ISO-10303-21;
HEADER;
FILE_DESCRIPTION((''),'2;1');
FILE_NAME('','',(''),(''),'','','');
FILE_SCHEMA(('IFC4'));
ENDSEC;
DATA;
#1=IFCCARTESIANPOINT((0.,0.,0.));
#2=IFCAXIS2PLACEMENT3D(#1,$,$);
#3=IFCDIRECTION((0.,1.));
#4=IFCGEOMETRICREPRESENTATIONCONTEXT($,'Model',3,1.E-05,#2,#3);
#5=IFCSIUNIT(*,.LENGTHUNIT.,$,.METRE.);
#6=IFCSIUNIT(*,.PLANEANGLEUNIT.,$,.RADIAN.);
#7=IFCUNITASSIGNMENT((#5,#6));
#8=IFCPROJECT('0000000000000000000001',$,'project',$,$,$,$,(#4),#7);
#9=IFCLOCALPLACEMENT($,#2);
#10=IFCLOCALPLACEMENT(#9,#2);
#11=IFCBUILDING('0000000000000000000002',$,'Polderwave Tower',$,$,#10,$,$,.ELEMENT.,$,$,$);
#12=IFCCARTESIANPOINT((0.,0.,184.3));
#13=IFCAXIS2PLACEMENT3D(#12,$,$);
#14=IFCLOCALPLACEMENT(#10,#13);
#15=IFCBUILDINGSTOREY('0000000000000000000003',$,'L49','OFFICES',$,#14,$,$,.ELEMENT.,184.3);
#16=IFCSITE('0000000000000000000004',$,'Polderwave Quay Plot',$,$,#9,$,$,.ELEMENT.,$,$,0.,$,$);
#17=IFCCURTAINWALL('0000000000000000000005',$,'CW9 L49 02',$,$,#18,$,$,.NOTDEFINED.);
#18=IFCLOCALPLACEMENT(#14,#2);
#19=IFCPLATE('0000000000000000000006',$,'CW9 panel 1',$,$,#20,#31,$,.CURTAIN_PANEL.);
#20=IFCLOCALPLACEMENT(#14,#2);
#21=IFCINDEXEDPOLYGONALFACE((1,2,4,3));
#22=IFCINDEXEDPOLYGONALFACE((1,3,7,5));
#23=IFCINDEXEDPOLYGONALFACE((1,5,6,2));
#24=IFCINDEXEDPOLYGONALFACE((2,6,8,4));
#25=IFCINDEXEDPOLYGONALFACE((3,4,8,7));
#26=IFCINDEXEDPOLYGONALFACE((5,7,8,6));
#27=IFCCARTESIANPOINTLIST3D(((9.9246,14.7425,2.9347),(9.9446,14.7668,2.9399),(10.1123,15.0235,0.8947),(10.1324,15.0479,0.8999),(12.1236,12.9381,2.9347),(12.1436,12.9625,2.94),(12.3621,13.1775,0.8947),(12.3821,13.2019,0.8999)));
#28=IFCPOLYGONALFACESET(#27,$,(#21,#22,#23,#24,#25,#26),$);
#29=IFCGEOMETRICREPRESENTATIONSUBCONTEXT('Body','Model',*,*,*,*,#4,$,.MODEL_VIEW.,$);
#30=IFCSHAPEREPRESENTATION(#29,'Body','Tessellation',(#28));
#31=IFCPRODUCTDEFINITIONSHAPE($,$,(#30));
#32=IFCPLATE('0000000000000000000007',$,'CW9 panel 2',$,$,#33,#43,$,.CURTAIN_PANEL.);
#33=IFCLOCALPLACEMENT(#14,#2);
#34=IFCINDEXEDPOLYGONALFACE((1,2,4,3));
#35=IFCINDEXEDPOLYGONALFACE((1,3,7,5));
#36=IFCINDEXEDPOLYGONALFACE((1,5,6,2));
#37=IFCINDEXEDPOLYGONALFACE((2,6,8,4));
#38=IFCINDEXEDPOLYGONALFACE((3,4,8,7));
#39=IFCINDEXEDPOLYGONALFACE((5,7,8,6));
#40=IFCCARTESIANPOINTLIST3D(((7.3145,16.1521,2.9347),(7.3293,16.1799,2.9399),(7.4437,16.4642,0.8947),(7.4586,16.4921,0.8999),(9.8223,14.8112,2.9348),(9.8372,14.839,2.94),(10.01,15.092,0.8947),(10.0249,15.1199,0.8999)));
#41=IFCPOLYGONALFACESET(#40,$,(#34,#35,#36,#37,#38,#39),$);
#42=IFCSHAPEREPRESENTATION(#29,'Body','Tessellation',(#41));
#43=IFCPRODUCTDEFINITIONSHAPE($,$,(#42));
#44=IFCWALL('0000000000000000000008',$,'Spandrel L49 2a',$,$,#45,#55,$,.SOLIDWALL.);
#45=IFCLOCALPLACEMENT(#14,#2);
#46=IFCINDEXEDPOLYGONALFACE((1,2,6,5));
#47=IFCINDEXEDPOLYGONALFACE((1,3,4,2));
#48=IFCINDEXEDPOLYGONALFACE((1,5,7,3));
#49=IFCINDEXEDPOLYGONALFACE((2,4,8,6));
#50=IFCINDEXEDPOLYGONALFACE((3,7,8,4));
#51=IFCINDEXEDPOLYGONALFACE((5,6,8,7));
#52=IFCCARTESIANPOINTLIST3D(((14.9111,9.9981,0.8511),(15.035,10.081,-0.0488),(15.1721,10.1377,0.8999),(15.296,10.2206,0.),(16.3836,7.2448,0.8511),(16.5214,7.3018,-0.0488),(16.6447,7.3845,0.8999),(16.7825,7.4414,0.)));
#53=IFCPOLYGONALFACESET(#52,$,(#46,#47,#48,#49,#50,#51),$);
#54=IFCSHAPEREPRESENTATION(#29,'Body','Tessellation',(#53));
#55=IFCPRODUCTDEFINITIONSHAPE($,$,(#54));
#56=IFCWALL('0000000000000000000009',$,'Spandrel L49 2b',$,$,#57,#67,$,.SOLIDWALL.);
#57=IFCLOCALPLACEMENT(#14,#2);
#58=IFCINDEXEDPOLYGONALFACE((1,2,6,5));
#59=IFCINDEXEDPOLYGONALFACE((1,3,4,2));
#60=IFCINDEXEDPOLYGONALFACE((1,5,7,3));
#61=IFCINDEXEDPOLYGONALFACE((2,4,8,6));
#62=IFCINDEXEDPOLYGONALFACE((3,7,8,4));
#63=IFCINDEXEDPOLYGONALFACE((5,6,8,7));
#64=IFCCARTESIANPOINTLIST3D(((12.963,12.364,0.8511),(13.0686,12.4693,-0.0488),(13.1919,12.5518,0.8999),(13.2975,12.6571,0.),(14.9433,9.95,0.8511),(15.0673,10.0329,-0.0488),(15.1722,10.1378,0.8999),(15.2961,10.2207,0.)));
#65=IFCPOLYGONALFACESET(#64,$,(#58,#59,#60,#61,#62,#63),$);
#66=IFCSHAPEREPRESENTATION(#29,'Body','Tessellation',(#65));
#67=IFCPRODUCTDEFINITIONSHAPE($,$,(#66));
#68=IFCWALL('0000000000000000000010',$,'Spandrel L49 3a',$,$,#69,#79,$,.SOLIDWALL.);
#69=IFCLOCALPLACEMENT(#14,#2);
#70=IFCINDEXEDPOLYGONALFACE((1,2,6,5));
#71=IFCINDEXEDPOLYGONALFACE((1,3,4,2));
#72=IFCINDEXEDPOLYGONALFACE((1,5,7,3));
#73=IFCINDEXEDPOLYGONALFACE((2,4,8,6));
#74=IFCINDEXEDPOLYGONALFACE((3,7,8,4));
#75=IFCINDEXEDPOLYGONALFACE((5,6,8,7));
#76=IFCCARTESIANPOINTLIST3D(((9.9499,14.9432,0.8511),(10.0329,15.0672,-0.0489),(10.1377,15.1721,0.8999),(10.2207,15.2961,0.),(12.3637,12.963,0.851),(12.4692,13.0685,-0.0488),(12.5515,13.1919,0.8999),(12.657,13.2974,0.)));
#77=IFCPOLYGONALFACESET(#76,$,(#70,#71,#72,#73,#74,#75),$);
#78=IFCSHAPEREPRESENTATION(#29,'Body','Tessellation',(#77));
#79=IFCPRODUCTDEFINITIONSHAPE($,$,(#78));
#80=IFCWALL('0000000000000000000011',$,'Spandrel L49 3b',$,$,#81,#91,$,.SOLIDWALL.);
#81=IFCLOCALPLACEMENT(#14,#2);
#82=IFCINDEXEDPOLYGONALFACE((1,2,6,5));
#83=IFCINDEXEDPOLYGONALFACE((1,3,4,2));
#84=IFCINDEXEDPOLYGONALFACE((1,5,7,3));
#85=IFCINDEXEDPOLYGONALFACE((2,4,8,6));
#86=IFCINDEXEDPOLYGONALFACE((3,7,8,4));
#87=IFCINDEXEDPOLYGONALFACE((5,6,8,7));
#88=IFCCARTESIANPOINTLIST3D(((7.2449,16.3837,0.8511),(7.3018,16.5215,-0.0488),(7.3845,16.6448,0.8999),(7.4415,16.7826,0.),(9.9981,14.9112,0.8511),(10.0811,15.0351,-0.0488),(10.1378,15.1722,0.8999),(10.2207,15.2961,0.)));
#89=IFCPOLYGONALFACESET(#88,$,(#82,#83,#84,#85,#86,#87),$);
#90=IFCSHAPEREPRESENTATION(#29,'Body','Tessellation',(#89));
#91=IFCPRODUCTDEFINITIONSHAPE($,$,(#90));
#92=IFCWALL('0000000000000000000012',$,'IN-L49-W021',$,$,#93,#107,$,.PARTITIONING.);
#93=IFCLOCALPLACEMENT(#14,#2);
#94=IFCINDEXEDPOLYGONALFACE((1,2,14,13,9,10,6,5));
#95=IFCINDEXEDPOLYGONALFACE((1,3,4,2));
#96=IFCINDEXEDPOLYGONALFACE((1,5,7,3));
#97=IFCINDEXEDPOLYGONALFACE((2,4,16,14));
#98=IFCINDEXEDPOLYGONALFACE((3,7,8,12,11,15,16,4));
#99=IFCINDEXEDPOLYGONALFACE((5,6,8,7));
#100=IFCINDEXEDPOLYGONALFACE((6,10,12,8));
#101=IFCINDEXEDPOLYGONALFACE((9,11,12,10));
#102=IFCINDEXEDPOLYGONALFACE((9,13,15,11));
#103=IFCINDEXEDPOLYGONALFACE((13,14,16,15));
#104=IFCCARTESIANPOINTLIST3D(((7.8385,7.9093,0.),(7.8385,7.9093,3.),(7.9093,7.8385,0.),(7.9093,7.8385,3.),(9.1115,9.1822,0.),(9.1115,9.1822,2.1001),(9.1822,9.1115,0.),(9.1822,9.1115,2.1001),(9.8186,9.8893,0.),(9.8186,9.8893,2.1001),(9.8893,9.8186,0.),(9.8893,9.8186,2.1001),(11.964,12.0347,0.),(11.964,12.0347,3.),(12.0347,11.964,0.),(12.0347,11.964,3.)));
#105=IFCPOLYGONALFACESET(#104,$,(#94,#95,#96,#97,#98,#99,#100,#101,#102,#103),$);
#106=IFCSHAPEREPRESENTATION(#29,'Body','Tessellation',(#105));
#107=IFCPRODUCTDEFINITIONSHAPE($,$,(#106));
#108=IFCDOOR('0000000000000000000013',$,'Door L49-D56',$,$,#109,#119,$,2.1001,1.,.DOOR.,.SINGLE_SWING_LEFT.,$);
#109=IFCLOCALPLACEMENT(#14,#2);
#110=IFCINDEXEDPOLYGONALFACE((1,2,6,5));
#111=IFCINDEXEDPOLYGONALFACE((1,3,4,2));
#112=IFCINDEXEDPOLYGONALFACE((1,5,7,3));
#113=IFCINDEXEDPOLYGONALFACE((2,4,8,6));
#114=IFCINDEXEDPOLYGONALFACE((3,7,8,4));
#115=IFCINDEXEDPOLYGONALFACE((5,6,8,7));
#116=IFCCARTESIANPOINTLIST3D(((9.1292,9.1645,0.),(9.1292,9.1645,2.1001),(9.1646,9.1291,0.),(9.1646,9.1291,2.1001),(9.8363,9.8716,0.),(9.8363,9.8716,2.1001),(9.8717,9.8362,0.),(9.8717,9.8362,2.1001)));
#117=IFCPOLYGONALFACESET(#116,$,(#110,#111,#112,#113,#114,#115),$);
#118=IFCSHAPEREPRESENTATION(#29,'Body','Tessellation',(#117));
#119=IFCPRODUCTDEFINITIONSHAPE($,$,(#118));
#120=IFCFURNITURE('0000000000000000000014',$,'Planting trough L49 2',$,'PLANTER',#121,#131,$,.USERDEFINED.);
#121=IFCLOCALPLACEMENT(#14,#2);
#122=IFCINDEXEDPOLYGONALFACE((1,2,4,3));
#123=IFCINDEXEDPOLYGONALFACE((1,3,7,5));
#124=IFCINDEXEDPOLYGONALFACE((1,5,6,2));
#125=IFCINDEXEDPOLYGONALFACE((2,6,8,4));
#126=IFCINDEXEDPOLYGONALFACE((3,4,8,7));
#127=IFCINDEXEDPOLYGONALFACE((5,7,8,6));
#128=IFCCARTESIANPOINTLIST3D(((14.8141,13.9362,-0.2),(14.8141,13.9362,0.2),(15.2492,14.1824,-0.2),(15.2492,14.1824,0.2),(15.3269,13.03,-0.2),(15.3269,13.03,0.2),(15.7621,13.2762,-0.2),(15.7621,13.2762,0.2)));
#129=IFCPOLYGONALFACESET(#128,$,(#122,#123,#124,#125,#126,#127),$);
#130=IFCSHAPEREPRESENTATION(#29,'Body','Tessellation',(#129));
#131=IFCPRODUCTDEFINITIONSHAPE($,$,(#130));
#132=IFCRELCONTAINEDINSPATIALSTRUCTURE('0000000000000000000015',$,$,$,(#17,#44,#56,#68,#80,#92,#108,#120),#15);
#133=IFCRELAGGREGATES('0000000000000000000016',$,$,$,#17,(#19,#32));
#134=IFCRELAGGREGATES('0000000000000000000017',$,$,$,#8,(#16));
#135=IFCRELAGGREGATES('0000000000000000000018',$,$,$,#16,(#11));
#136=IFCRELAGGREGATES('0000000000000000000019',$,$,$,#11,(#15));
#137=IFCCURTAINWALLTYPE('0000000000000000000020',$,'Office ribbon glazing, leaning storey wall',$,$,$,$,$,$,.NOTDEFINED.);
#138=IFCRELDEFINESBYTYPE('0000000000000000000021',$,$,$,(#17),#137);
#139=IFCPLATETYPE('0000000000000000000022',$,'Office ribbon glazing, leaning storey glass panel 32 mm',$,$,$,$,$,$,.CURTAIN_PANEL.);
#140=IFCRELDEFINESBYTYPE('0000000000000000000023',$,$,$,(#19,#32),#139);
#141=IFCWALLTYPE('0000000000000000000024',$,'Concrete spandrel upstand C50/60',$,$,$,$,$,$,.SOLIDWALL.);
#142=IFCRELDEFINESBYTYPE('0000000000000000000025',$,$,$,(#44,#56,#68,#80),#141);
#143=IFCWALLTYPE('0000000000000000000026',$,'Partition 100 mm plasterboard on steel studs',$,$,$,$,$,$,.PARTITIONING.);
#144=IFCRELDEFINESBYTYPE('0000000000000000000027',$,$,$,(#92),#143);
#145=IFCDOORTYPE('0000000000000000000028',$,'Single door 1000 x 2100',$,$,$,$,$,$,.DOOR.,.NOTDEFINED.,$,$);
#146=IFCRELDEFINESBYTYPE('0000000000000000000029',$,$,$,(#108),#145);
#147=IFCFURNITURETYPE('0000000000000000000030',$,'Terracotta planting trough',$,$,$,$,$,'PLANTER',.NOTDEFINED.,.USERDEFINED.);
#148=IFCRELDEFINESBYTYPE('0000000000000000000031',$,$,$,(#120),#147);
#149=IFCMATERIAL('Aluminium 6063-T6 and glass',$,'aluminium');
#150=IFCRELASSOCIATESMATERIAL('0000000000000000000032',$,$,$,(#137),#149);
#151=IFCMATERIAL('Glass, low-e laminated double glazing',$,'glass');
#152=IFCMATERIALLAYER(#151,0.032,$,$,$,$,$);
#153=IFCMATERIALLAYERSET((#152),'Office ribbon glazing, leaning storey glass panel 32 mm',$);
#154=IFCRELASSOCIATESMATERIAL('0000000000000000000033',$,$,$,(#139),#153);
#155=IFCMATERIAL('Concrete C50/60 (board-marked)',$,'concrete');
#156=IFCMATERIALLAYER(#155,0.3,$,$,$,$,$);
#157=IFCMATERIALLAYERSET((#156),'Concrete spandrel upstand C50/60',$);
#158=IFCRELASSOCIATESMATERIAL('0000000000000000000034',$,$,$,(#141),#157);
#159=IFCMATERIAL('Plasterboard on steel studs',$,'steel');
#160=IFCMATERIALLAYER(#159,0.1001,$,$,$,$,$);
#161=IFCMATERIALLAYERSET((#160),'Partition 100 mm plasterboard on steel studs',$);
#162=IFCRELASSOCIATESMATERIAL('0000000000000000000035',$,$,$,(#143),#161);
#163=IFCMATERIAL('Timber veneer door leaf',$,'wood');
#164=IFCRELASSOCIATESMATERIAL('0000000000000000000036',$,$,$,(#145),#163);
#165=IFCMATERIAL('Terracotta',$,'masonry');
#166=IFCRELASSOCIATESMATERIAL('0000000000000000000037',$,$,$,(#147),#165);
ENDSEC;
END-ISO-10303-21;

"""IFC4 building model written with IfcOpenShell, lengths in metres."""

from ifc_helpers import new_model, si_unit, direction, frame, frame_2d, origin, origin_2d, place, context, subcontext, project, spatial, polyline, rectangle, outline, extrude, material, layer, layer_set, type_object, element, fill, aggregate, save


model = new_model("IFC4")

# Units and contexts
model_context = context("Model", 3, precision=1e-05, world=origin(), true_north=direction((0.0, 1.0)))
body_context = subcontext(model_context, "Body", "Model", "MODEL_VIEW")
ifc_project = project(units=[si_unit("LENGTHUNIT", "METRE"), si_unit("PLANEANGLEUNIT", "RADIAN")], contexts=[model_context])

# Site, building, storey
site_placement = place(None, origin())
site = spatial("IfcSite", under=ifc_project, at=site_placement, Name="Polderwave Quay Plot", CompositionType="ELEMENT", RefElevation=0.0)
building_placement = place(site_placement, origin())
building = spatial("IfcBuilding", under=site, at=building_placement, Name="Polderwave Tower", CompositionType="ELEMENT")
storey_placement = place(building_placement, frame((0.0, 0.0, 184.3)))
storey = spatial("IfcBuildingStorey", under=building, at=storey_placement, Name="L49", Description="OFFICES", CompositionType="ELEMENT", Elevation=184.3)

# Curtain wall
ifc_material_1 = material(Name="Aluminium 6063-T6 and glass", Category="aluminium")
curtain_wall_type = type_object("IfcCurtainWallType", Name="Office ribbon glazing, leaning storey wall", PredefinedType="NOTDEFINED", material=ifc_material_1)
curtain_wall_1_placement = place(storey_placement, origin())
curtain_wall_1 = element("IfcCurtainWall", 1, at=curtain_wall_1_placement, inside=storey, type_object=curtain_wall_type, Name="CW9 L49 02", PredefinedType="NOTDEFINED")

# Plates
ifc_material_2 = material(Name="Glass, low-e laminated double glazing", Category="glass")
ifc_layer_1 = layer(ifc_material_2, 0.032)
ifc_layer_set_1 = layer_set([ifc_layer_1], Name="Office ribbon glazing, leaning storey glass panel 32 mm")
plate_type = type_object("IfcPlateType", Name="Office ribbon glazing, leaning storey glass panel 32 mm", PredefinedType="CURTAIN_PANEL", material=ifc_layer_set_1)
plate_1_placement = place(storey_placement, frame((12.3821, 13.2019, 0.8999), z_axis=(0.62588, 0.76276, 0.162697), x_axis=(-0.773061, 0.634332, 0.000004)))
plate_1 = element("IfcPlate", 2, at=plate_1_placement, type_object=plate_type, Name="CW9 panel 1", PredefinedType="CURTAIN_PANEL", context=body_context, shape_type="SweptSolid", body=[
    extrude(outline(polyline([(0.0, 0.0), (2.9101, 0.0), (2.877, 2.0676), (0.0325, 2.0676), (0.0, 0.0)])), origin(), (0.0, 0.0, -1.0), 0.032),
])
plate_2_placement = place(storey_placement, frame((10.0249, 15.1199, 0.8999), z_axis=(0.465244, 0.87012, 0.162602), x_axis=(-0.881856, 0.471518, 0.000008)))
plate_2 = element("IfcPlate", 3, at=plate_2_placement, type_object=plate_type, Name="CW9 panel 2", PredefinedType="CURTAIN_PANEL", context=body_context, shape_type="SweptSolid", body=[
    extrude(outline(polyline([(0.0, 0.0), (2.9102, 0.0), (2.8769, 2.0675), (0.0331, 2.0676), (0.0, 0.0)])), origin(), (0.0, 0.0, -1.0), 0.032),
])
aggregate(curtain_wall_1, [plate_1, plate_2])

# Walls
ifc_material_3 = material(Name="Concrete C50/60 (board-marked)", Category="concrete")
ifc_layer_2 = layer(ifc_material_3, 0.3)
ifc_layer_set_2 = layer_set([ifc_layer_2], Name="Concrete spandrel upstand C50/60")
wall_type_1 = type_object("IfcWallType", Name="Concrete spandrel upstand C50/60", PredefinedType="SOLIDWALL", material=ifc_layer_set_2)
wall_1_placement = place(storey_placement, frame((16.7825, 7.4414, 0.0), z_axis=(0.870053, 0.465339, 0.162688), x_axis=(-0.471621, 0.881801, -0.000007)))
element("IfcWall", 4, at=wall_1_placement, inside=storey, type_object=wall_type_1, Name="Spandrel L49 2a", PredefinedType="SOLIDWALL", context=body_context, shape_type="SweptSolid", body=[
    extrude(outline(polyline([(0.0, 0.0), (3.1518, 0.0), (3.1371, 0.9121), (0.0148, 0.912), (0.0, 0.0)])), origin(), (0.0, 0.0, -1.0), 0.3),
])
wall_2_placement = place(storey_placement, frame((15.2961, 10.2207, 0.0), z_axis=(0.762829, 0.625791, 0.162716), x_axis=(-0.634245, 0.773132, 0.000006)))
element("IfcWall", 5, at=wall_2_placement, inside=storey, type_object=wall_type_1, Name="Spandrel L49 2b", PredefinedType="SOLIDWALL", context=body_context, shape_type="SweptSolid", body=[
    extrude(outline(polyline([(0.0, 0.0), (3.1513, 0.0), (3.1368, 0.912), (0.0145, 0.9121), (0.0, 0.0)])), origin(), (0.0, 0.0, -1.0), 0.3),
])
wall_3_placement = place(storey_placement, frame((12.657, 13.2974, 0.0), z_axis=(0.625801, 0.762803, 0.162799), x_axis=(-0.773117, 0.634263, -0.000003)))
element("IfcWall", 6, at=wall_3_placement, inside=storey, type_object=wall_type_1, Name="Spandrel L49 3a", PredefinedType="SOLIDWALL", context=body_context, shape_type="SweptSolid", body=[
    extrude(outline(polyline([(0.0, 0.0), (3.1513, 0.0), (3.1368, 0.9121), (0.0146, 0.9121), (0.0, 0.0)])), origin(), (0.0, 0.0, -1.0), 0.3),
])
wall_4_placement = place(storey_placement, frame((10.2207, 15.2961, 0.0), z_axis=(0.465339, 0.870053, 0.162688), x_axis=(-0.881801, 0.471621, 0.000007)))
element("IfcWall", 7, at=wall_4_placement, inside=storey, type_object=wall_type_1, Name="Spandrel L49 3b", PredefinedType="SOLIDWALL", context=body_context, shape_type="SweptSolid", body=[
    extrude(outline(polyline([(0.0, 0.0), (3.1518, 0.0), (3.137, 0.912), (0.0147, 0.9121), (0.0, 0.0)])), origin(), (0.0, 0.0, -1.0), 0.3),
])

# Wall, opening, door
ifc_material_4 = material(Name="Plasterboard on steel studs", Category="steel")
ifc_layer_3 = layer(ifc_material_4, 0.1001)
ifc_layer_set_3 = layer_set([ifc_layer_3], Name="Partition 100 mm plasterboard on steel studs")
wall_type_2 = type_object("IfcWallType", Name="Partition 100 mm plasterboard on steel studs", PredefinedType="PARTITIONING", material=ifc_layer_set_3)
wall_5_placement = place(storey_placement, frame((7.874, 7.874, 0.0), z_axis=(0.0, 0.0, 1.0), x_axis=(0.707107, 0.707107, 0.0)))
wall_5 = element("IfcWall", 8, at=wall_5_placement, inside=storey, type_object=wall_type_2, Name="IN-L49-W021", PredefinedType="PARTITIONING", context=body_context, shape_type="SweptSolid", body=[
    extrude(rectangle(XDim=5.8342, YDim=0.1001, at=frame_2d((2.917, 0.0))), origin(), (0.0, 0.0, 1.0), 3.0),
])
opening_placement = place(wall_5_placement, frame((1.8, 0.0, 0.0)))
opening = element("IfcOpeningElement", 9, at=opening_placement, cuts=wall_5, PredefinedType="OPENING", context=body_context, shape_type="SweptSolid", body=[
    extrude(rectangle(XDim=1.0, YDim=2.1001, at=frame_2d((0.5, 1.05))), frame((0.0, 0.0601, 0.0), z_axis=(0.0, -1.0, 0.0), x_axis=(1.0, 0.0, 0.0)), (0.0, 0.0, 1.0), 0.1201),
])
ifc_material_5 = material(Name="Timber veneer door leaf", Category="wood")
door_type = type_object("IfcDoorType", Name="Single door 1000 x 2100", OperationType="NOTDEFINED", PredefinedType="DOOR", material=ifc_material_5)
door_placement = place(opening_placement, origin())
door = element("IfcDoor", 10, at=door_placement, inside=storey, type_object=door_type, Name="Door L49-D56", OperationType="SINGLE_SWING_LEFT", OverallHeight=2.1001, OverallWidth=1.0, PredefinedType="DOOR", context=body_context, shape_type="SweptSolid", body=[
    extrude(rectangle(XDim=1.0, YDim=2.1001, at=frame_2d((0.5, 1.05))), frame((0.0, 0.0249, 0.0), z_axis=(0.0, -1.0, 0.0), x_axis=(1.0, 0.0, 0.0)), (0.0, 0.0, 1.0), 0.05),
])
fill(opening, door)

# Furniture
ifc_material_6 = material(Name="Terracotta", Category="masonry")
furniture_type = type_object("IfcFurnitureType", Name="Terracotta planting trough", ElementType="PLANTER", AssemblyPlace="NOTDEFINED", PredefinedType="USERDEFINED", material=ifc_material_6)
furniture_placement = place(storey_placement, frame((15.2881, 13.6062, -0.2), z_axis=(0.0, 0.0, 1.0), x_axis=(-0.492521, 0.870301, 0.0)))
element("IfcFurniture", 11, at=furniture_placement, inside=storey, type_object=furniture_type, Name="Planting trough L49 2", ObjectType="PLANTER", PredefinedType="USERDEFINED", context=body_context, shape_type="SweptSolid", body=[
    extrude(rectangle(XDim=1.0413, YDim=0.5, at=origin_2d()), origin(), (0.0, 0.0, 1.0), 0.3999),
])

save(model, "model.ifc")
